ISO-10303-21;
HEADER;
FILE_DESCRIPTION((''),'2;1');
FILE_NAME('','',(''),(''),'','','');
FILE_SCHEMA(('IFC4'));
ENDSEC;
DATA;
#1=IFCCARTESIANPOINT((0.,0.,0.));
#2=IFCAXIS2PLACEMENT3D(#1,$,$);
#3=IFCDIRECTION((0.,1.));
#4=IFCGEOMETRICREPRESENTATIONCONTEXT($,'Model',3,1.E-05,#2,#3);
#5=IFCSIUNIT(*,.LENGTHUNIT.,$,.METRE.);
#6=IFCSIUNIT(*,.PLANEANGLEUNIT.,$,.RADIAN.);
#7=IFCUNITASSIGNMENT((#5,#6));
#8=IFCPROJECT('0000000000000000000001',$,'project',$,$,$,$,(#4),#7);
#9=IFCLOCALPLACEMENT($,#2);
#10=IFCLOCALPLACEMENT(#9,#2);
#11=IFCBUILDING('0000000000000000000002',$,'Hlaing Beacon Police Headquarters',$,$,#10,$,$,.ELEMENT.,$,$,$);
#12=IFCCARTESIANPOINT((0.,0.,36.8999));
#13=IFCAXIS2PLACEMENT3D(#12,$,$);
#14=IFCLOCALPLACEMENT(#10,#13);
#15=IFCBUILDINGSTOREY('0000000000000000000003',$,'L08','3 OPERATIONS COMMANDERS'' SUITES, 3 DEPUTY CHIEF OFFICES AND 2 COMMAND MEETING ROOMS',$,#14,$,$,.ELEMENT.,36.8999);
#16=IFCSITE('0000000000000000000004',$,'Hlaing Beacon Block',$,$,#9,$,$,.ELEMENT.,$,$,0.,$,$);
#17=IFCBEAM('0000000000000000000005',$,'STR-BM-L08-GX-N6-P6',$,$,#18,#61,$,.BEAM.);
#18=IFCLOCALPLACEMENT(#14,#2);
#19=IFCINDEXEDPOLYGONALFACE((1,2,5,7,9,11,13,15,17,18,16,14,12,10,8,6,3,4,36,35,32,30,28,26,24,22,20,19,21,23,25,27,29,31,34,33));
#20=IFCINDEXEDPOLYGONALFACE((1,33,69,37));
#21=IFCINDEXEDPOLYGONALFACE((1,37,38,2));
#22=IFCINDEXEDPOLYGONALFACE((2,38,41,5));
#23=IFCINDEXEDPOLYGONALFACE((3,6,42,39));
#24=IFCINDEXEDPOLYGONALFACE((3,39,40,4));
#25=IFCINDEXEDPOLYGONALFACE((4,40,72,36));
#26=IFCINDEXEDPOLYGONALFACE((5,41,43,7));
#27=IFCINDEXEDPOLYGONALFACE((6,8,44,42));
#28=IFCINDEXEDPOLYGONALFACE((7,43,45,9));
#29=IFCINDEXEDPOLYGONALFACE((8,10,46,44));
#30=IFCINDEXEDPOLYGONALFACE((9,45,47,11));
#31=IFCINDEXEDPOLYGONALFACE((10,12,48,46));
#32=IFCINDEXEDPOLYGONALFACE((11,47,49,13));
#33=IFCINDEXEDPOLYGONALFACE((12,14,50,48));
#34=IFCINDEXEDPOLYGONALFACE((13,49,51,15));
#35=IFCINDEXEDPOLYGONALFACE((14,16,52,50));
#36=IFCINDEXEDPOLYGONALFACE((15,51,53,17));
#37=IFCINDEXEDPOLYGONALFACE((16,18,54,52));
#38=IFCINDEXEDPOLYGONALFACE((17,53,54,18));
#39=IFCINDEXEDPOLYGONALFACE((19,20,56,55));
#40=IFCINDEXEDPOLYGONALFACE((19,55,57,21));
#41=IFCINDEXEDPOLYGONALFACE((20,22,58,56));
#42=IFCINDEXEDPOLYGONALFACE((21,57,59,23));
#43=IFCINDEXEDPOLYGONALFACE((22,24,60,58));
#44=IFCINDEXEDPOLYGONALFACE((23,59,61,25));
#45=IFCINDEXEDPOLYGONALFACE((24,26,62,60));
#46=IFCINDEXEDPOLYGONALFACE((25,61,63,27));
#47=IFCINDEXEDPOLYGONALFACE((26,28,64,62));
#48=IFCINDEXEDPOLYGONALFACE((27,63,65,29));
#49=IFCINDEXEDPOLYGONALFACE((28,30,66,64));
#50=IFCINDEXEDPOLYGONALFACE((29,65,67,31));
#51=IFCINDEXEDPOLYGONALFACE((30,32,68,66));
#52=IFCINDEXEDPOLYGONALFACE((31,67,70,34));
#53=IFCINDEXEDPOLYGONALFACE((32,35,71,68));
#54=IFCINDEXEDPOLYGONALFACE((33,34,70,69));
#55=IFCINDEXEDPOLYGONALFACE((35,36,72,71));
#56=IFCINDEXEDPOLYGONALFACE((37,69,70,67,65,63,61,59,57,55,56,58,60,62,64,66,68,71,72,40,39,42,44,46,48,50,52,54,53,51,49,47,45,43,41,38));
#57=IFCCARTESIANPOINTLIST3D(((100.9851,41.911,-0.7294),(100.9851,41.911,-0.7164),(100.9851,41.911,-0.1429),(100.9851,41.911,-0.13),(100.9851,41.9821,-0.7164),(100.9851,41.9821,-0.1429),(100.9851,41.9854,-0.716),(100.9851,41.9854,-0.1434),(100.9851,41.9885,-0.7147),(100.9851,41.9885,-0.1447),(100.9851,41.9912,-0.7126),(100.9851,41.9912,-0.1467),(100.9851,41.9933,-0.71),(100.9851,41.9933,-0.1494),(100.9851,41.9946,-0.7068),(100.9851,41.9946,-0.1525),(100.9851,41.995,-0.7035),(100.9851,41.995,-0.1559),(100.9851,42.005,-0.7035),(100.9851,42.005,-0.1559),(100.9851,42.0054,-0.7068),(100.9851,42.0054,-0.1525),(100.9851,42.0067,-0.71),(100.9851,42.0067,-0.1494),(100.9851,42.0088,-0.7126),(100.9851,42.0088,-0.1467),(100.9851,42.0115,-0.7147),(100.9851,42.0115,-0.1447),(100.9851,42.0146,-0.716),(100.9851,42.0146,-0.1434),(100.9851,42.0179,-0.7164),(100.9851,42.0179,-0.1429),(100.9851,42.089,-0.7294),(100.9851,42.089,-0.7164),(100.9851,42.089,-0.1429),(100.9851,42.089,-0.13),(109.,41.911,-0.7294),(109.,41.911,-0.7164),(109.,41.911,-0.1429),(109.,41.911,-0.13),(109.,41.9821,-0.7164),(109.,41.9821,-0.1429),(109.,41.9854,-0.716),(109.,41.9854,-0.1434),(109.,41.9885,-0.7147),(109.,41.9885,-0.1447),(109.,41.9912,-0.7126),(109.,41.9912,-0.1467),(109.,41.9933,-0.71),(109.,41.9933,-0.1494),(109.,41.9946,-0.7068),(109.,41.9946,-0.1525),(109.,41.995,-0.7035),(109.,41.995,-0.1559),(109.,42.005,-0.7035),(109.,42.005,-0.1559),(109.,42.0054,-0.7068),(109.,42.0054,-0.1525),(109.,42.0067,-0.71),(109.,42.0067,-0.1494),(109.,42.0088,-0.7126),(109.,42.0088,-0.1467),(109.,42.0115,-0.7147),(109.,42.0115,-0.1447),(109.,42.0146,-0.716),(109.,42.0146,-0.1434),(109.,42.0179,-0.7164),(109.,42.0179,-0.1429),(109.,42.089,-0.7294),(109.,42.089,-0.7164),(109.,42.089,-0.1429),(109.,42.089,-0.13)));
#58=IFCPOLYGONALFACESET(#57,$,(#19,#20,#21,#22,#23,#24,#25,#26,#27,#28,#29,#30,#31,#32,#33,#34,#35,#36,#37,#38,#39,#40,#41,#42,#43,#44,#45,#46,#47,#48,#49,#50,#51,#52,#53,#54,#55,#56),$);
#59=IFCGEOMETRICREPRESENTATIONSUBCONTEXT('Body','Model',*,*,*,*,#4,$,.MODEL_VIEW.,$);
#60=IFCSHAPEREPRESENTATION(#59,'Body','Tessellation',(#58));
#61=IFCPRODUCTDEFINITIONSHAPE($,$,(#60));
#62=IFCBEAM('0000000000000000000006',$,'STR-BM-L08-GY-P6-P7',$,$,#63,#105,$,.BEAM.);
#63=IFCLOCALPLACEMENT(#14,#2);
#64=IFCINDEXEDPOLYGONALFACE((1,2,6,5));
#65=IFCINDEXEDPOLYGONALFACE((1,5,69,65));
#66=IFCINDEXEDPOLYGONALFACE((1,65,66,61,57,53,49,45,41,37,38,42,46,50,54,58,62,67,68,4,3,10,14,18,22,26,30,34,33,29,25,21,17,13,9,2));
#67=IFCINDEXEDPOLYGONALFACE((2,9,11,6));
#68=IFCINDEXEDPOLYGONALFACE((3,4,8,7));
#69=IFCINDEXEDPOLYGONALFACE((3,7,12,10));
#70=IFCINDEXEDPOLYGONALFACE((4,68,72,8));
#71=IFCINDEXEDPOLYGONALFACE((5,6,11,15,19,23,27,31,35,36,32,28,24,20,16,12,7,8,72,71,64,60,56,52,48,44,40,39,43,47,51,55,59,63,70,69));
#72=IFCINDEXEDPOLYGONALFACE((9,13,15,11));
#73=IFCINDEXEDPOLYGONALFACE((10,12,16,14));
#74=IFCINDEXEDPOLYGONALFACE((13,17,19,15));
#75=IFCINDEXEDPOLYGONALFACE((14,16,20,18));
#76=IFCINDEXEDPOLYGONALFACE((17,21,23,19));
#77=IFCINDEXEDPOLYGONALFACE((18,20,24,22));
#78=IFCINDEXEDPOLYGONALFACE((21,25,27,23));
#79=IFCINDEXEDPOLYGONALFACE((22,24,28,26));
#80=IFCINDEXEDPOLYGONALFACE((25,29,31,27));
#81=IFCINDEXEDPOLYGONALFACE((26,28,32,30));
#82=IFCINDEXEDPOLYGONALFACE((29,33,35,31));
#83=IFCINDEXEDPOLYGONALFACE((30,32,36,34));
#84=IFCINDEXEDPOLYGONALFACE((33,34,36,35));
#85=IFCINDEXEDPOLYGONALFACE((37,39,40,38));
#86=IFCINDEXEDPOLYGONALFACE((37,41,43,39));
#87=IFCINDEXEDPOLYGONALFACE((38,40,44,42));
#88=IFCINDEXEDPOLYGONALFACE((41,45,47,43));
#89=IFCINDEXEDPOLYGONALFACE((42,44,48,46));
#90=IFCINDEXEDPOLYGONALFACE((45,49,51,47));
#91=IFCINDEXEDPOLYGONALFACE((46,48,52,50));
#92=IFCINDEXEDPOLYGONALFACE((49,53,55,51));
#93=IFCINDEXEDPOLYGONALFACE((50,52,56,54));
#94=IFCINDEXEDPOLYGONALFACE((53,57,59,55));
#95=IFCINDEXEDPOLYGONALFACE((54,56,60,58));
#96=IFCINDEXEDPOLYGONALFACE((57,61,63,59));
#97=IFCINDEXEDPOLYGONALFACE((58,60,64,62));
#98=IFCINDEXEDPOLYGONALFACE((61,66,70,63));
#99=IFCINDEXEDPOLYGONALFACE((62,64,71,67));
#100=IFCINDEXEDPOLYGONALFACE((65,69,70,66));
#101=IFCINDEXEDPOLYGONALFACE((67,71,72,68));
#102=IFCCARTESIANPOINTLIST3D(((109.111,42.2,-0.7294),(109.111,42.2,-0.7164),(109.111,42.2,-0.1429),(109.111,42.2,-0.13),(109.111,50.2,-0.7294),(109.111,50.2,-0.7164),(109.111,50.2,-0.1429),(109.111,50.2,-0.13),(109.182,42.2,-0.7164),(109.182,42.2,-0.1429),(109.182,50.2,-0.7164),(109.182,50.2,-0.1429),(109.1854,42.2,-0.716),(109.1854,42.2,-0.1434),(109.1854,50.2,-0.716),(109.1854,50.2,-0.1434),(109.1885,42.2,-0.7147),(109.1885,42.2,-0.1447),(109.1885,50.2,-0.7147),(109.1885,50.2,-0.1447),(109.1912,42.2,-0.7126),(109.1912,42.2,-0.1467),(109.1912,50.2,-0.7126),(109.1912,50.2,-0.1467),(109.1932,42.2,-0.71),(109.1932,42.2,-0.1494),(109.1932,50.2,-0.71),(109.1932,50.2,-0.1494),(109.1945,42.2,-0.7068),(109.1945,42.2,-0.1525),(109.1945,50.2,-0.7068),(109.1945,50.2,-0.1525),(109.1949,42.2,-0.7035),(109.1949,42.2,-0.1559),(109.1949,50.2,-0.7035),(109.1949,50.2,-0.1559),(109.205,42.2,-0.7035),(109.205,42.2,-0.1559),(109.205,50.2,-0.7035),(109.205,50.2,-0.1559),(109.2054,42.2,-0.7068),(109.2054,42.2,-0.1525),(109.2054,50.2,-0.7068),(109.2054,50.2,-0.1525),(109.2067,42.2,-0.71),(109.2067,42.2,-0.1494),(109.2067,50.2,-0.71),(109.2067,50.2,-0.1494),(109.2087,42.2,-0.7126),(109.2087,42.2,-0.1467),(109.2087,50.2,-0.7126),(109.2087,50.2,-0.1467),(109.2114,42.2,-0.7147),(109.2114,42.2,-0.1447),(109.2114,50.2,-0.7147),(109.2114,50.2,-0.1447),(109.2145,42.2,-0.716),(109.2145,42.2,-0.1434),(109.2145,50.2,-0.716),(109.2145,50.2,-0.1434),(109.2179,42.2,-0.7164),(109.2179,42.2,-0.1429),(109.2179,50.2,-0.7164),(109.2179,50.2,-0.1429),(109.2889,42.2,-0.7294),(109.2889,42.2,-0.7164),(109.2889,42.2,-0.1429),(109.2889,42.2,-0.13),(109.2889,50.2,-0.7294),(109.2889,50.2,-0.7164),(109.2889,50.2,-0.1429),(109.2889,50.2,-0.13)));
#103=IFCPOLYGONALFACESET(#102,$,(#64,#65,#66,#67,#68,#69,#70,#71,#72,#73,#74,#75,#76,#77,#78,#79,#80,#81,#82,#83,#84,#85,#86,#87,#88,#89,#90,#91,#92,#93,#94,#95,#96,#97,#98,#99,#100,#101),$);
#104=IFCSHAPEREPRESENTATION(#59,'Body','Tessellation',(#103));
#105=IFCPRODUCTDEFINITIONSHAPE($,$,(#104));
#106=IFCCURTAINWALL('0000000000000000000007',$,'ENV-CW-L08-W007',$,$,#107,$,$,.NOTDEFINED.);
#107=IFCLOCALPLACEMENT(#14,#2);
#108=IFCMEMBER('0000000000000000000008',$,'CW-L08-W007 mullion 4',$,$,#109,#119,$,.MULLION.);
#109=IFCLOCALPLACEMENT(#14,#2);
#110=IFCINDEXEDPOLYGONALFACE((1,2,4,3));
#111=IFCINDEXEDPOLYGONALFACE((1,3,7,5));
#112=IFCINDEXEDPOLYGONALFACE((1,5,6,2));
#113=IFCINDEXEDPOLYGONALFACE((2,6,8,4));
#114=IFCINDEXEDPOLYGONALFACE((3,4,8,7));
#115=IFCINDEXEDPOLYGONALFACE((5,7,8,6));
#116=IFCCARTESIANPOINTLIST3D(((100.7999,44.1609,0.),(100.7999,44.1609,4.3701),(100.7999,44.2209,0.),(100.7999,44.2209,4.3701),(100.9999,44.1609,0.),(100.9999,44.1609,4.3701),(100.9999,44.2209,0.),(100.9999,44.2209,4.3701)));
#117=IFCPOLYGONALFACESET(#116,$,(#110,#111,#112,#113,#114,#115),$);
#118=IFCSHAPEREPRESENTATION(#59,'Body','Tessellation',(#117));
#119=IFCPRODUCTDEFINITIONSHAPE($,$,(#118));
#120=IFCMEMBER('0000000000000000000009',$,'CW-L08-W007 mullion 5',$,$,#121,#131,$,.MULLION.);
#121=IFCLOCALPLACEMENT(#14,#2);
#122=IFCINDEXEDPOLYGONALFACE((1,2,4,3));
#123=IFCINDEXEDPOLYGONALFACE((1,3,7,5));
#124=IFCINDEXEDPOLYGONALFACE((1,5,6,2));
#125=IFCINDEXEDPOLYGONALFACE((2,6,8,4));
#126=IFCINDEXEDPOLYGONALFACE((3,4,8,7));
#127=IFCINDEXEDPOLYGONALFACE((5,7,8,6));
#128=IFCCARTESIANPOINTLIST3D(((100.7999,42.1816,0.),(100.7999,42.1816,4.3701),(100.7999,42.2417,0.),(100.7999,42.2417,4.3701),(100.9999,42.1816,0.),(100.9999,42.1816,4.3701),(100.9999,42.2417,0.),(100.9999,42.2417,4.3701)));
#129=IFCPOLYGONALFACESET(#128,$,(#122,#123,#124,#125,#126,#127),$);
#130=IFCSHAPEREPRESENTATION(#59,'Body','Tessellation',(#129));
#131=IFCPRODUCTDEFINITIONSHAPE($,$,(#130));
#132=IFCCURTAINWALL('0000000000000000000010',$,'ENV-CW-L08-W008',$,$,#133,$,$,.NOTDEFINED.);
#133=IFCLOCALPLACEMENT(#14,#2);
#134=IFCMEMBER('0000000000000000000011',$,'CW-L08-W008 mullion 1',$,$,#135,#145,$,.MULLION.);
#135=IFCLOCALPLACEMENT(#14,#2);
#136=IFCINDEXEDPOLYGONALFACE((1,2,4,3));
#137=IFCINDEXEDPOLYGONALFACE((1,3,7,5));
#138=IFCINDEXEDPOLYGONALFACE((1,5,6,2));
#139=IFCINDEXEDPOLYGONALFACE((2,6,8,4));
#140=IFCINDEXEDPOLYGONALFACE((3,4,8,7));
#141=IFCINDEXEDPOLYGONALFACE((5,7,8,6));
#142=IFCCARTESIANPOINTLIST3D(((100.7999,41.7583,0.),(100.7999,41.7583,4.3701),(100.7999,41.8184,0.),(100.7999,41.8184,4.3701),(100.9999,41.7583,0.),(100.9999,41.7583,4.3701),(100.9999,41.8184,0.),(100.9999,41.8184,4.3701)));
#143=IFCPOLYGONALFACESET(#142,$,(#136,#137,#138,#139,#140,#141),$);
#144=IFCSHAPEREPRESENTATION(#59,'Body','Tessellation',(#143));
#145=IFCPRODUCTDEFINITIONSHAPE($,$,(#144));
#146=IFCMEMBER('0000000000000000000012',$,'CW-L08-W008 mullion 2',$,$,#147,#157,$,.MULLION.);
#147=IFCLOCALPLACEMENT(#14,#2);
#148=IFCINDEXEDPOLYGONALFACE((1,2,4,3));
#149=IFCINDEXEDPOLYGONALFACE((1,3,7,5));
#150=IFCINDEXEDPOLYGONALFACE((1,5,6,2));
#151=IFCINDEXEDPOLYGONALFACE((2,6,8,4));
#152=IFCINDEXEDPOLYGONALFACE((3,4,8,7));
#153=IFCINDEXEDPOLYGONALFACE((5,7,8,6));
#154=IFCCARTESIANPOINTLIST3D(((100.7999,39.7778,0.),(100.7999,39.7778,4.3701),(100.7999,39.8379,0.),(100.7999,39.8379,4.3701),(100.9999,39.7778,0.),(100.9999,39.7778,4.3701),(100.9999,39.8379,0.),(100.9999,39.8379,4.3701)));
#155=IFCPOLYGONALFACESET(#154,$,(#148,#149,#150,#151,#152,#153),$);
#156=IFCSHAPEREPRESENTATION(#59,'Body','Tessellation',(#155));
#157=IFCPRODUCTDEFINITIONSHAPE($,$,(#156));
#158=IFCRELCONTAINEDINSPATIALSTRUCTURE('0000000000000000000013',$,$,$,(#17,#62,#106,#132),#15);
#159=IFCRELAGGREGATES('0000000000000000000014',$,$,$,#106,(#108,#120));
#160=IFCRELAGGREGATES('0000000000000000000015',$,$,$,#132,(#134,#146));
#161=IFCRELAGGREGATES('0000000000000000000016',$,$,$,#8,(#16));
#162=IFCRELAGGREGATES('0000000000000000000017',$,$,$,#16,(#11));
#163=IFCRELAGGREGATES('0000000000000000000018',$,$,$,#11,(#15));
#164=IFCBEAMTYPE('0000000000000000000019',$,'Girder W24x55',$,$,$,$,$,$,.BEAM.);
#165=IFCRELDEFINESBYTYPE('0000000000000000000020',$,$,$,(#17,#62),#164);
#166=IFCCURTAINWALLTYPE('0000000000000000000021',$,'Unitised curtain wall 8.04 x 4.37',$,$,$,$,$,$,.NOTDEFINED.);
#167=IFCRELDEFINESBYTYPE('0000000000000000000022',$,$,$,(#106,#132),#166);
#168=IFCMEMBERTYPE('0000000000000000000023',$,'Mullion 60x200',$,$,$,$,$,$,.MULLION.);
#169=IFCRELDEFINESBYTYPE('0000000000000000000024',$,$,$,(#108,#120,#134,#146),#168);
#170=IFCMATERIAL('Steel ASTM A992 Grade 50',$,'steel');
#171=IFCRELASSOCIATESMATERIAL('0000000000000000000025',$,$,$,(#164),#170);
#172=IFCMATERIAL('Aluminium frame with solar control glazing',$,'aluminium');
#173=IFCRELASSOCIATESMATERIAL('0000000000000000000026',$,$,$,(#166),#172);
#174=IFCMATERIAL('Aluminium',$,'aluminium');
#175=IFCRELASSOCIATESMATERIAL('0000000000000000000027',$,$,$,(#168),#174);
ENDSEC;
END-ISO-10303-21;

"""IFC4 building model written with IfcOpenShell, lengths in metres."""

from ifc_helpers import new_model, si_unit, direction, frame, origin, origin_2d, place, context, subcontext, project, spatial, rectangle, i_section, extrude, material, material_profile, profile_set, type_object, element, aggregate, save


model = new_model("IFC4")

# Units and contexts
model_context = context("Model", 3, precision=1e-05, world=origin(), true_north=direction((0.0, 1.0)))
body_context = subcontext(model_context, "Body", "Model", "MODEL_VIEW")
ifc_project = project(units=[si_unit("LENGTHUNIT", "METRE"), si_unit("PLANEANGLEUNIT", "RADIAN")], contexts=[model_context])

# Site, building, storey
site_placement = place(None, origin())
site = spatial("IfcSite", under=ifc_project, at=site_placement, Name="Hlaing Beacon Block", CompositionType="ELEMENT", RefElevation=0.0)
building_placement = place(site_placement, origin())
building = spatial("IfcBuilding", under=site, at=building_placement, Name="Hlaing Beacon Police Headquarters", CompositionType="ELEMENT")
storey_placement = place(building_placement, frame((0.0, 0.0, 36.8999)))
storey = spatial("IfcBuildingStorey", under=building, at=storey_placement, Name="L08", Description="3 OPERATIONS COMMANDERS' SUITES, 3 DEPUTY CHIEF OFFICES AND 2 COMMAND MEETING ROOMS", CompositionType="ELEMENT", Elevation=36.8999)

# Beams
ifc_material_1 = material(Name="Steel ASTM A992 Grade 50", Category="steel")
ifc_material_profile_1 = material_profile(ifc_material_1, i_section(OverallWidth=0.178, OverallDepth=0.5994, WebThickness=0.01, FlangeThickness=0.0129, FilletRadius=0.0129, at=origin_2d()), Name="W24x55")
ifc_profile_set_1 = profile_set([ifc_material_profile_1], Name="Steel ASTM A992 Grade 50")
beam_type_1 = type_object("IfcBeamType", Name="Girder W24x55", PredefinedType="BEAM", material=ifc_profile_set_1)
beam_1_placement = place(storey_placement, frame((100.9851, 42.0, -0.4297), z_axis=(1.0, 0.0, 0.0), x_axis=(0.0, 1.0, 0.0)))
element("IfcBeam", 1, at=beam_1_placement, inside=storey, type_object=beam_type_1, Name="STR-BM-L08-GX-N6-P6", PredefinedType="BEAM", context=body_context, shape_type="SweptSolid", body=[
    extrude(i_section(OverallWidth=0.178, OverallDepth=0.5994, WebThickness=0.01, FlangeThickness=0.0129, FilletRadius=0.0129, at=origin_2d()), origin(), (0.0, 0.0, 1.0), 8.0149),
])
beam_2_placement = place(storey_placement, frame((109.2, 42.2, -0.4297), z_axis=(0.0, 1.0, 0.0), x_axis=(-1.0, 0.0, 0.0)))
element("IfcBeam", 2, at=beam_2_placement, inside=storey, type_object=beam_type_1, Name="STR-BM-L08-GY-P6-P7", PredefinedType="BEAM", context=body_context, shape_type="SweptSolid", body=[
    extrude(i_section(OverallWidth=0.178, OverallDepth=0.5994, WebThickness=0.01, FlangeThickness=0.0129, FilletRadius=0.0129, at=origin_2d()), origin(), (0.0, 0.0, 1.0), 8.0),
])

# Curtain walls, members
ifc_material_2 = material(Name="Aluminium frame with solar control glazing", Category="aluminium")
curtain_wall_type = type_object("IfcCurtainWallType", Name="Unitised curtain wall 8.04 x 4.37", PredefinedType="NOTDEFINED", material=ifc_material_2)
curtain_wall_1_placement = place(storey_placement, origin())
curtain_wall_1 = element("IfcCurtainWall", 3, at=curtain_wall_1_placement, inside=storey, type_object=curtain_wall_type, Name="ENV-CW-L08-W007", PredefinedType="NOTDEFINED")
ifc_material_3 = material(Name="Aluminium", Category="aluminium")
ifc_material_profile_2 = material_profile(ifc_material_3, rectangle(XDim=0.2, YDim=0.0601, at=origin_2d()), Name="Mullion 60x200")
ifc_profile_set_2 = profile_set([ifc_material_profile_2], Name="Aluminium")
member_type_1 = type_object("IfcMemberType", Name="Mullion 60x200", PredefinedType="MULLION", material=ifc_profile_set_2)
member_1_placement = place(storey_placement, frame((100.8999, 44.1909, 0.0), z_axis=(0.0, 0.0, 1.0), x_axis=(1.0, 0.0, 0.0)))
member_1 = element("IfcMember", 4, at=member_1_placement, type_object=member_type_1, Name="CW-L08-W007 mullion 4", PredefinedType="MULLION", context=body_context, shape_type="SweptSolid", body=[
    extrude(rectangle(XDim=0.2, YDim=0.0601, at=origin_2d()), origin(), (0.0, 0.0, 1.0), 4.3701),
])
member_2_placement = place(storey_placement, frame((100.8999, 42.2117, 0.0), z_axis=(0.0, 0.0, 1.0), x_axis=(1.0, 0.0, 0.0)))
member_2 = element("IfcMember", 5, at=member_2_placement, type_object=member_type_1, Name="CW-L08-W007 mullion 5", PredefinedType="MULLION", context=body_context, shape_type="SweptSolid", body=[
    extrude(rectangle(XDim=0.2, YDim=0.0601, at=origin_2d()), origin(), (0.0, 0.0, 1.0), 4.3701),
])
curtain_wall_2_placement = place(storey_placement, origin())
curtain_wall_2 = element("IfcCurtainWall", 6, at=curtain_wall_2_placement, inside=storey, type_object=curtain_wall_type, Name="ENV-CW-L08-W008", PredefinedType="NOTDEFINED")
member_3_placement = place(storey_placement, frame((100.8999, 41.7883, 0.0), z_axis=(0.0, 0.0, 1.0), x_axis=(1.0, 0.0, 0.0)))
member_3 = element("IfcMember", 7, at=member_3_placement, type_object=member_type_1, Name="CW-L08-W008 mullion 1", PredefinedType="MULLION", context=body_context, shape_type="SweptSolid", body=[
    extrude(rectangle(XDim=0.2, YDim=0.0601, at=origin_2d()), origin(), (0.0, 0.0, 1.0), 4.3701),
])
member_4_placement = place(storey_placement, frame((100.8999, 39.8079, 0.0), z_axis=(0.0, 0.0, 1.0), x_axis=(1.0, 0.0, 0.0)))
member_4 = element("IfcMember", 8, at=member_4_placement, type_object=member_type_1, Name="CW-L08-W008 mullion 2", PredefinedType="MULLION", context=body_context, shape_type="SweptSolid", body=[
    extrude(rectangle(XDim=0.2, YDim=0.0601, at=origin_2d()), origin(), (0.0, 0.0, 1.0), 4.3701),
])

aggregate(curtain_wall_1, [member_1, member_2])

aggregate(curtain_wall_2, [member_3, member_4])

save(model, "model.ifc")
